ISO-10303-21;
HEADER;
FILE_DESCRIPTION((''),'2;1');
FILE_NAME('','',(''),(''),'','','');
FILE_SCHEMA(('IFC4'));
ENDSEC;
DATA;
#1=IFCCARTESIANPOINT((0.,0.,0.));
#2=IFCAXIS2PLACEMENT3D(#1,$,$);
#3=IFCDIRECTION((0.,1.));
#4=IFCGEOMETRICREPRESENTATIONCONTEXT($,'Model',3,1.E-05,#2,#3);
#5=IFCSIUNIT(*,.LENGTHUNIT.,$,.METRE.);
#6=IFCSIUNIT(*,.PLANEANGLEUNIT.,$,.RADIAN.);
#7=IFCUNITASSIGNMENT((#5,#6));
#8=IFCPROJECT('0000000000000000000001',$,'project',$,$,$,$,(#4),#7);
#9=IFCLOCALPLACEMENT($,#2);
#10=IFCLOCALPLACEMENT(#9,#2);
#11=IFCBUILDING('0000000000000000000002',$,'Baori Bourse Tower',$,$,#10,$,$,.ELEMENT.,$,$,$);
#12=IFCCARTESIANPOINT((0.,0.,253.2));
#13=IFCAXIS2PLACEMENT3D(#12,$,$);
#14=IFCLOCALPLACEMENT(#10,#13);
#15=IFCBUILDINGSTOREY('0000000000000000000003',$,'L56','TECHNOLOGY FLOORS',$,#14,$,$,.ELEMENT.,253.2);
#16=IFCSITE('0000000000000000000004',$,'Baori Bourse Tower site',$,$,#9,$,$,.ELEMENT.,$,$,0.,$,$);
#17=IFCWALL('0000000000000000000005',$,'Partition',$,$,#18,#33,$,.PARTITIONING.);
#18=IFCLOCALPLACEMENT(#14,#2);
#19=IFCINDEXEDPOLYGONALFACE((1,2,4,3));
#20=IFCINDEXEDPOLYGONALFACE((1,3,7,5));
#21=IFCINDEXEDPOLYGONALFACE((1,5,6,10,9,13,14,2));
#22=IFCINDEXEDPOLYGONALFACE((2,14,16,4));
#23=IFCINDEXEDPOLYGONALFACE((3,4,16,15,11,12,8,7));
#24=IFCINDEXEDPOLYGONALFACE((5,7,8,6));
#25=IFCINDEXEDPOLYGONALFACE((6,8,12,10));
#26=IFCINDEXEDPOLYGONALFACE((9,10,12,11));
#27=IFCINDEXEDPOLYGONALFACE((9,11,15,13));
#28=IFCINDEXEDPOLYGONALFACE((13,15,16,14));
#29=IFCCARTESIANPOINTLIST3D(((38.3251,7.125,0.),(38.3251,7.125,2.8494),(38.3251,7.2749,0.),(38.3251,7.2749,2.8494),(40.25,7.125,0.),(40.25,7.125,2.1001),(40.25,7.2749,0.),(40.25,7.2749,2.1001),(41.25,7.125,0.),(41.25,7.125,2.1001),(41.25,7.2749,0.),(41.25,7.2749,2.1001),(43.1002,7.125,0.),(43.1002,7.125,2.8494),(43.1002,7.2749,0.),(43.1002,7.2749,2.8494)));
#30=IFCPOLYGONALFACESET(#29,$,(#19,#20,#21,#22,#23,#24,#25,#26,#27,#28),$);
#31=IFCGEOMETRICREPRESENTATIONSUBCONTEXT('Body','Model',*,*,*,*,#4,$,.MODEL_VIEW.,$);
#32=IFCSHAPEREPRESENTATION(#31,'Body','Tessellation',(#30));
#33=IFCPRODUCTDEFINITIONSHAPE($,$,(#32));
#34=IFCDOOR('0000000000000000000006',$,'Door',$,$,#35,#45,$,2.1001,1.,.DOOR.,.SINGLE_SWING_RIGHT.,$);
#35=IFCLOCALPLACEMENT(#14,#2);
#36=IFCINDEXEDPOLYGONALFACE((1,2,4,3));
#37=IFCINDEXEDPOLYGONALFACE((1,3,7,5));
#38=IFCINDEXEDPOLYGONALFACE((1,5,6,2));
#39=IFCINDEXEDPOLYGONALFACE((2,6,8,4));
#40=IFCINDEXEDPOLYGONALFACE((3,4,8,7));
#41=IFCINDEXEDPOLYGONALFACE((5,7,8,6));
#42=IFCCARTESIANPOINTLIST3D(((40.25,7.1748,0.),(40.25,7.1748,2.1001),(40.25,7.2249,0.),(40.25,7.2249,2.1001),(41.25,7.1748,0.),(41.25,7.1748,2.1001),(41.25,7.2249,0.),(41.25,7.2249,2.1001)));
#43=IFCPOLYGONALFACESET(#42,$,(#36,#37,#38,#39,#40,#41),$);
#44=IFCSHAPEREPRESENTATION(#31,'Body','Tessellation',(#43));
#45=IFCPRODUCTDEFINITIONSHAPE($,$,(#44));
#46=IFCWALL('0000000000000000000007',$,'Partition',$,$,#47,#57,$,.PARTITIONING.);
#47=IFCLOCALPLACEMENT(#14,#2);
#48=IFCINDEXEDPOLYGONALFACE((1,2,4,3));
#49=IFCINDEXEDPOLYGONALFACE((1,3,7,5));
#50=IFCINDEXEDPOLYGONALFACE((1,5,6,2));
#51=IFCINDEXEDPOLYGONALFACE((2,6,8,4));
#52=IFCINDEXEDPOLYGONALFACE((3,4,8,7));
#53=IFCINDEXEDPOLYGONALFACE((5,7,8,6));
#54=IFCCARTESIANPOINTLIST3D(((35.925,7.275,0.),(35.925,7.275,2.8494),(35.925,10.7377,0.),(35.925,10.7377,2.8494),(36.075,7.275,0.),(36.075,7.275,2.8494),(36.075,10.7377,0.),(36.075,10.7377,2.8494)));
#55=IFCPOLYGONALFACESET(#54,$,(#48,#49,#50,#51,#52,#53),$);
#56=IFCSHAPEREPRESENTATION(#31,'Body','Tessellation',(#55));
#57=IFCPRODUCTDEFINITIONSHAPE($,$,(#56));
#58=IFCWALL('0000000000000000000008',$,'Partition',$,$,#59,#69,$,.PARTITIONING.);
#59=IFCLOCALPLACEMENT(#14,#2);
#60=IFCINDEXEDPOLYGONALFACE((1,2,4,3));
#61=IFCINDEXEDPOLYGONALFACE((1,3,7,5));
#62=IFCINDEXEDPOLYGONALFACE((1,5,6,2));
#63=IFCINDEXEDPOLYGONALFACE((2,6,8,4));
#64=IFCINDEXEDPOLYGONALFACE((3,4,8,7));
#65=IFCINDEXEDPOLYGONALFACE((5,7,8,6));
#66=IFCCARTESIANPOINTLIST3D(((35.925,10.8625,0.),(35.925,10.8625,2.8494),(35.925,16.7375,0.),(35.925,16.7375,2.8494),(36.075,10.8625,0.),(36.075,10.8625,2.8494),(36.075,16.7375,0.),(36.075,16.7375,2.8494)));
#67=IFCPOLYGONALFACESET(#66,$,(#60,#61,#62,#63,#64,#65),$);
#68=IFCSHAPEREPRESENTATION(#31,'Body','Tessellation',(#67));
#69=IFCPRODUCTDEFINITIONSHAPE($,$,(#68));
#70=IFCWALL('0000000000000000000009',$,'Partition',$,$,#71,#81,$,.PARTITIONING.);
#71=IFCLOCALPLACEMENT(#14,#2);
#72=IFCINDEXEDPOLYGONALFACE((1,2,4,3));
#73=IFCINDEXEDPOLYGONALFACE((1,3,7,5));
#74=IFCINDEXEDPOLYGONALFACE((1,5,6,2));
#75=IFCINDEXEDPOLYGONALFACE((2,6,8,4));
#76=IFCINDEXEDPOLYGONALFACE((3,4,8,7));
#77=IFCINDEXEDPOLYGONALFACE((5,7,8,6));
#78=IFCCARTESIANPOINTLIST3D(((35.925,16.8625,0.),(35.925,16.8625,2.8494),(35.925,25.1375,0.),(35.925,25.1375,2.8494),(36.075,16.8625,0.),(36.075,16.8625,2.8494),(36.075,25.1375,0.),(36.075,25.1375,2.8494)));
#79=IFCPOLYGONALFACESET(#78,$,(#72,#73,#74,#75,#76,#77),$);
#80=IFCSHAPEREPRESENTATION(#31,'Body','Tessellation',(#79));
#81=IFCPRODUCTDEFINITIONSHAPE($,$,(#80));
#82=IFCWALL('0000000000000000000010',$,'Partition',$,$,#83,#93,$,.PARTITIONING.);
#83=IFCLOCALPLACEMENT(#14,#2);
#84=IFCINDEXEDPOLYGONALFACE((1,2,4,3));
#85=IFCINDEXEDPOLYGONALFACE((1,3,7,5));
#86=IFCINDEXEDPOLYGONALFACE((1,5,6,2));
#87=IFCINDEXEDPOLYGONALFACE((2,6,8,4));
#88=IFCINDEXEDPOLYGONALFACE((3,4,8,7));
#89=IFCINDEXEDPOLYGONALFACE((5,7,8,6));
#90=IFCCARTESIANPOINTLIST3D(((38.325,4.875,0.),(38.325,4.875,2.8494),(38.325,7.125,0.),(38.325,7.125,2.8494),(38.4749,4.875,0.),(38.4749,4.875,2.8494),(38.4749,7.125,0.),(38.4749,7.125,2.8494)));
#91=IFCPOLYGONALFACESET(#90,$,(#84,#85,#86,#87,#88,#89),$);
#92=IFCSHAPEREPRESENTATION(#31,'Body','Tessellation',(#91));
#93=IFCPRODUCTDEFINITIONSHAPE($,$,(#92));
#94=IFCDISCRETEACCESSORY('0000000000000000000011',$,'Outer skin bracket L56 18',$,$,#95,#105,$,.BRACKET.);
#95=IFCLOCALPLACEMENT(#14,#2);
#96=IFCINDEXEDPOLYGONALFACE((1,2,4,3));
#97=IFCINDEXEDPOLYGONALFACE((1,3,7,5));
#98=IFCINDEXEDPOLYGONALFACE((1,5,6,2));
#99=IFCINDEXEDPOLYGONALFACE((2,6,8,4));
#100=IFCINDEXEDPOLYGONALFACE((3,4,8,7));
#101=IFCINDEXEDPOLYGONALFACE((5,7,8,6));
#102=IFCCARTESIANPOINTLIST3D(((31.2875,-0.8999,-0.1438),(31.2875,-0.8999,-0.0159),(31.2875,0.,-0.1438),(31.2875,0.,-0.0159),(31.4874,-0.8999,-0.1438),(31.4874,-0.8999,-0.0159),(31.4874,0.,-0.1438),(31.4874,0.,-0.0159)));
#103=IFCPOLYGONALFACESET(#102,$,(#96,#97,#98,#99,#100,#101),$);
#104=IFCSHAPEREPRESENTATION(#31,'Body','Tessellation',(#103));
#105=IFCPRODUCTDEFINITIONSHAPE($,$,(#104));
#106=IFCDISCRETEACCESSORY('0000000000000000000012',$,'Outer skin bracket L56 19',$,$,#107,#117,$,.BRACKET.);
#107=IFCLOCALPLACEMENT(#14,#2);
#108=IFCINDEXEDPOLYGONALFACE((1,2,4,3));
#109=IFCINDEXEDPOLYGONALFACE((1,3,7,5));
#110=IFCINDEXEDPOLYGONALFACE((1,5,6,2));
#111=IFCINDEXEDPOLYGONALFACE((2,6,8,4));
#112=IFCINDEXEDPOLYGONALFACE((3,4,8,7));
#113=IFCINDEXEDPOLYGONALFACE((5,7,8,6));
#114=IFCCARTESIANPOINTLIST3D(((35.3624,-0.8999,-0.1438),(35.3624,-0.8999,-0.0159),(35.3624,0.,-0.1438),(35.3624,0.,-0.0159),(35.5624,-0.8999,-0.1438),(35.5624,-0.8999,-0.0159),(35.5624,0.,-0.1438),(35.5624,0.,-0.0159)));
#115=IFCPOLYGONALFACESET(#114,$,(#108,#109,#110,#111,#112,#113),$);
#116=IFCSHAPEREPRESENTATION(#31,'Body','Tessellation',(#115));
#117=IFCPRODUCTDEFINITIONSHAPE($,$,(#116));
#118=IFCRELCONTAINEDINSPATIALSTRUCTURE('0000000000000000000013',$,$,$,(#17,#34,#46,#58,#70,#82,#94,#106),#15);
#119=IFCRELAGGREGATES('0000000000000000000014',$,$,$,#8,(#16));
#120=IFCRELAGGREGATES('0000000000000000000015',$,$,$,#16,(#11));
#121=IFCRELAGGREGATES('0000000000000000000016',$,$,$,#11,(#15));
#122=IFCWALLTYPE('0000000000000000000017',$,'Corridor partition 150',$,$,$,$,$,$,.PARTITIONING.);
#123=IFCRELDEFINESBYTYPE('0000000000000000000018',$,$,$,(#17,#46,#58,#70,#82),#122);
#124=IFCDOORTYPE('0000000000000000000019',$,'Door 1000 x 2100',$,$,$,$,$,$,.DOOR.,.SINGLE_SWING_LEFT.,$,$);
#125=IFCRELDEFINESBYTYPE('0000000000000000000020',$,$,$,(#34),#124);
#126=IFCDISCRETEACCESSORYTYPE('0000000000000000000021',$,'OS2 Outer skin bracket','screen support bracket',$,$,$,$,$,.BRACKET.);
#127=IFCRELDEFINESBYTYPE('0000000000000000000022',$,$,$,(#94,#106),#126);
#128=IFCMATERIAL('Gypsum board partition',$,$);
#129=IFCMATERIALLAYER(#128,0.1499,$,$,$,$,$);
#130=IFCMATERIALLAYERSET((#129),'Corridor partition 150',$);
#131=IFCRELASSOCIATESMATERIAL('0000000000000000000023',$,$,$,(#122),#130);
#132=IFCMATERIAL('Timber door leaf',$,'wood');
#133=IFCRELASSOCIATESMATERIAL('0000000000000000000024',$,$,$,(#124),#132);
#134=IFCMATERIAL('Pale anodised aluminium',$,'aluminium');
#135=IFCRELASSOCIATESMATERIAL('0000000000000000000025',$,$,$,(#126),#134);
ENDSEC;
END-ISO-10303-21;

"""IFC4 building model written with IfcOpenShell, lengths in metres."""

from ifc_helpers import new_model, si_unit, direction, frame, frame_2d, origin, origin_2d, place, context, subcontext, project, spatial, rectangle, extrude, material, layer, layer_set, type_object, element, fill, save


model = new_model("IFC4")

# Units and contexts
model_context = context("Model", 3, precision=1e-05, world=origin(), true_north=direction((0.0, 1.0)))
body_context = subcontext(model_context, "Body", "Model", "MODEL_VIEW")
ifc_project = project(units=[si_unit("LENGTHUNIT", "METRE"), si_unit("PLANEANGLEUNIT", "RADIAN")], contexts=[model_context])

# Site, building, storey
site_placement = place(None, origin())
site = spatial("IfcSite", under=ifc_project, at=site_placement, Name="Baori Bourse Tower site", CompositionType="ELEMENT", RefElevation=0.0)
building_placement = place(site_placement, origin())
building = spatial("IfcBuilding", under=site, at=building_placement, Name="Baori Bourse Tower", CompositionType="ELEMENT")
storey_placement = place(building_placement, frame((0.0, 0.0, 253.2)))
storey = spatial("IfcBuildingStorey", under=building, at=storey_placement, Name="L56", Description="TECHNOLOGY FLOORS", CompositionType="ELEMENT", Elevation=253.2)

# Wall, opening, door
ifc_material_1 = material(Name="Gypsum board partition")
ifc_layer_1 = layer(ifc_material_1, 0.1499)
ifc_layer_set_1 = layer_set([ifc_layer_1], Name="Corridor partition 150")
wall_type = type_object("IfcWallType", Name="Corridor partition 150", PredefinedType="PARTITIONING", material=ifc_layer_set_1)
wall_1_placement = place(storey_placement, frame((38.325, 7.2, 0.0), z_axis=(0.0, 0.0, 1.0), x_axis=(1.0, 0.0, 0.0)))
wall_1 = element("IfcWall", 1, at=wall_1_placement, inside=storey, type_object=wall_type, Name="Partition", PredefinedType="PARTITIONING", context=body_context, shape_type="SweptSolid", body=[
    extrude(rectangle(XDim=4.7751, YDim=0.1499, at=frame_2d((2.3877, 0.0))), origin(), (0.0, 0.0, 1.0), 2.8494),
])
opening_placement = place(wall_1_placement, frame((1.925, 0.0, 0.0)))
opening = element("IfcOpeningElement", 2, at=opening_placement, cuts=wall_1, PredefinedType="OPENING", context=body_context, shape_type="SweptSolid", body=[
    extrude(rectangle(XDim=1.0, YDim=2.1001, at=frame_2d((0.5, 1.05))), frame((0.0, 0.085, 0.0), z_axis=(0.0, -1.0, 0.0), x_axis=(1.0, 0.0, 0.0)), (0.0, 0.0, 1.0), 0.1699),
])
ifc_material_2 = material(Name="Timber door leaf", Category="wood")
door_type = type_object("IfcDoorType", Name="Door 1000 x 2100", OperationType="SINGLE_SWING_LEFT", PredefinedType="DOOR", material=ifc_material_2)
door_placement = place(opening_placement, origin())
door = element("IfcDoor", 3, at=door_placement, inside=storey, type_object=door_type, Name="Door", OperationType="SINGLE_SWING_RIGHT", OverallHeight=2.1001, OverallWidth=1.0, PredefinedType="DOOR", context=body_context, shape_type="SweptSolid", body=[
    extrude(rectangle(XDim=1.0, YDim=2.1001, at=frame_2d((0.5, 1.05))), frame((0.0, 0.0249, 0.0), z_axis=(0.0, -1.0, 0.0), x_axis=(1.0, 0.0, 0.0)), (0.0, 0.0, 1.0), 0.05),
])
fill(opening, door)

# Walls
wall_2_placement = place(storey_placement, frame((36.0, 7.2749, 0.0), z_axis=(0.0, 0.0, 1.0), x_axis=(0.0, 1.0, 0.0)))
element("IfcWall", 4, at=wall_2_placement, inside=storey, type_object=wall_type, Name="Partition", PredefinedType="PARTITIONING", context=body_context, shape_type="SweptSolid", body=[
    extrude(rectangle(XDim=3.4626, YDim=0.1499, at=frame_2d((1.7314, 0.0))), origin(), (0.0, 0.0, 1.0), 2.8494),
])
wall_3_placement = place(storey_placement, frame((36.0, 10.8625, 0.0), z_axis=(0.0, 0.0, 1.0), x_axis=(0.0, 1.0, 0.0)))
element("IfcWall", 5, at=wall_3_placement, inside=storey, type_object=wall_type, Name="Partition", PredefinedType="PARTITIONING", context=body_context, shape_type="SweptSolid", body=[
    extrude(rectangle(XDim=5.875, YDim=0.1499, at=frame_2d((2.9375, 0.0))), origin(), (0.0, 0.0, 1.0), 2.8494),
])
wall_4_placement = place(storey_placement, frame((36.0, 16.8625, 0.0), z_axis=(0.0, 0.0, 1.0), x_axis=(0.0, 1.0, 0.0)))
element("IfcWall", 6, at=wall_4_placement, inside=storey, type_object=wall_type, Name="Partition", PredefinedType="PARTITIONING", context=body_context, shape_type="SweptSolid", body=[
    extrude(rectangle(XDim=8.2749, YDim=0.1499, at=frame_2d((4.1375, 0.0))), origin(), (0.0, 0.0, 1.0), 2.8494),
])
wall_5_placement = place(storey_placement, frame((38.3999, 4.875, 0.0), z_axis=(0.0, 0.0, 1.0), x_axis=(0.0, 1.0, 0.0)))
element("IfcWall", 7, at=wall_5_placement, inside=storey, type_object=wall_type, Name="Partition", PredefinedType="PARTITIONING", context=body_context, shape_type="SweptSolid", body=[
    extrude(rectangle(XDim=2.25, YDim=0.1499, at=frame_2d((1.125, 0.0))), origin(), (0.0, 0.0, 1.0), 2.8494),
])

# Discrete accessories
ifc_material_3 = material(Name="Pale anodised aluminium", Category="aluminium")
discrete_accessory_type = type_object("IfcDiscreteAccessoryType", Name="OS2 Outer skin bracket", Description="screen support bracket", PredefinedType="BRACKET", material=ifc_material_3)
for number, where, z_axis, x_axis, name in (
    (8, (31.3875, -0.45, -0.1438), (0.0, 0.0, 1.0), (1.0, 0.0, 0.0), "Outer skin bracket L56 18"),
    (9, (35.4624, -0.45, -0.1438), (0.0, 0.0, 1.0), (1.0, 0.0, 0.0), "Outer skin bracket L56 19"),
):
    element("IfcDiscreteAccessory", number, at=place(storey_placement, frame(where, z_axis=z_axis, x_axis=x_axis)), inside=storey, type_object=discrete_accessory_type, Name=name, PredefinedType="BRACKET", context=body_context, shape_type="SweptSolid", body=[
        extrude(rectangle(XDim=0.2, YDim=0.8999, at=origin_2d()), origin(), (0.0, 0.0, 1.0), 0.1279),
    ])

save(model, "model.ifc")
